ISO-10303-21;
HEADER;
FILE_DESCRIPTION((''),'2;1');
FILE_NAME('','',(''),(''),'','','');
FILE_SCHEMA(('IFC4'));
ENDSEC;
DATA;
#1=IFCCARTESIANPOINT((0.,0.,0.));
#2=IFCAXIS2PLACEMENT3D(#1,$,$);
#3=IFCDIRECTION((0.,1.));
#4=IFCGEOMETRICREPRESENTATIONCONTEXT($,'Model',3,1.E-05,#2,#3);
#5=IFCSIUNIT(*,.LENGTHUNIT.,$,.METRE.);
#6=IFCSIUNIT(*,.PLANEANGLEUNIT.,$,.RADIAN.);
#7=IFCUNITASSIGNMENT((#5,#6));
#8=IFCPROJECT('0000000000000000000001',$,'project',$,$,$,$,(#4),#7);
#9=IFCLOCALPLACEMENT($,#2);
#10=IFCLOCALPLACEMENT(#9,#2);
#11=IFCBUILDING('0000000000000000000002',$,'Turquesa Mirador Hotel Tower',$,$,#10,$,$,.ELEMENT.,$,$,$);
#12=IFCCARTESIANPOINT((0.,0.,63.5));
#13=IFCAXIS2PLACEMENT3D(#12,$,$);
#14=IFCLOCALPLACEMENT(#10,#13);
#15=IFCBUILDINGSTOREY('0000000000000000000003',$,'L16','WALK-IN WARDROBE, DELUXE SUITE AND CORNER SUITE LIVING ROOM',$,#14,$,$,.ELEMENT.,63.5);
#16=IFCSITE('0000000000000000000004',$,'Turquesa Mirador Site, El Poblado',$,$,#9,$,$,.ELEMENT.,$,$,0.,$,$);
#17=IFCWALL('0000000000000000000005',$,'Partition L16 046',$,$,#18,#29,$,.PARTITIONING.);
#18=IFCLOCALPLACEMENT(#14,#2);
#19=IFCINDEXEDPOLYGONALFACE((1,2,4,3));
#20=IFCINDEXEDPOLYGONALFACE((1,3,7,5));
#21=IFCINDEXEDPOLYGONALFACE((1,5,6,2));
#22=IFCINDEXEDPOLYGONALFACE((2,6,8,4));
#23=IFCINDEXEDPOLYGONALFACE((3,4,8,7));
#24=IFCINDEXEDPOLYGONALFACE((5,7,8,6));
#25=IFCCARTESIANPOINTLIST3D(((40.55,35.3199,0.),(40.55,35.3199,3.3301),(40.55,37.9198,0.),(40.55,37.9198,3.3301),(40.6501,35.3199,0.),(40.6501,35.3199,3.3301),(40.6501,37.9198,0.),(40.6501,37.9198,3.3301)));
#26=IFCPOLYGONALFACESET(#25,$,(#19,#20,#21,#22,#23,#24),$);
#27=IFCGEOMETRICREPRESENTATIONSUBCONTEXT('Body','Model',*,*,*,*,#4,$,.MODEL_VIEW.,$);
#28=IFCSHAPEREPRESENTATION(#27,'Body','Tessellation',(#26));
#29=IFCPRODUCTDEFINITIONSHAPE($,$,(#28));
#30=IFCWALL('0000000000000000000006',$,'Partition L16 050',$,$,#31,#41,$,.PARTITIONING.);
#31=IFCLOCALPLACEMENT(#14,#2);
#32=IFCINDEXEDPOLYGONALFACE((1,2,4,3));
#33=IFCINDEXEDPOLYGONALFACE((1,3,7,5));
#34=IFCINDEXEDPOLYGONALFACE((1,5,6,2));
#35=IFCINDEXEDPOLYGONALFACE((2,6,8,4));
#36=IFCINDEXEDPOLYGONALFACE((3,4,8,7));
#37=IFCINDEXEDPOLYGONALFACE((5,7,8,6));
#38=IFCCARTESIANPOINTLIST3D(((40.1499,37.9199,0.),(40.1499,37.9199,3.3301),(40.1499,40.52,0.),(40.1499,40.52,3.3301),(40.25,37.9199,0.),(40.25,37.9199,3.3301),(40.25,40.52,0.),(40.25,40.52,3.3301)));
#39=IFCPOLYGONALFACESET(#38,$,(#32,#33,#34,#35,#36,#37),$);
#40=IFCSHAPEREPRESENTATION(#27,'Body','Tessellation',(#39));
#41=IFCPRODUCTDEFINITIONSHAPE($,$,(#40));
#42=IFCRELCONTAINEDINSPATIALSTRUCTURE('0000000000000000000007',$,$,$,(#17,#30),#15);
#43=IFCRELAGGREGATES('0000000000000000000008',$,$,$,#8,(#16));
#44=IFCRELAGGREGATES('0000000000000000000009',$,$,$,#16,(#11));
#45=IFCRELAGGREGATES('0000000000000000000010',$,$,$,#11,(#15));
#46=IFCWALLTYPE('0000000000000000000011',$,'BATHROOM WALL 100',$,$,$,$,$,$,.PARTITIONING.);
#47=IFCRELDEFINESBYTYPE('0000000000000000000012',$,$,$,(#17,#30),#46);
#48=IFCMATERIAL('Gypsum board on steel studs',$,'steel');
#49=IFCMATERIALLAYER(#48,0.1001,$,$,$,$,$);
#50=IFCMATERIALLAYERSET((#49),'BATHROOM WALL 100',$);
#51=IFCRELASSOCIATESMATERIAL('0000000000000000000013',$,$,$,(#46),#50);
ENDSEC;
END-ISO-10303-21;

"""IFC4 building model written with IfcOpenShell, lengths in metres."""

from ifc_helpers import new_model, si_unit, direction, frame, frame_2d, origin, place, context, subcontext, project, spatial, rectangle, extrude, material, layer, layer_set, type_object, element, save


model = new_model("IFC4")

# Units and contexts
model_context = context("Model", 3, precision=1e-05, world=origin(), true_north=direction((0.0, 1.0)))
body_context = subcontext(model_context, "Body", "Model", "MODEL_VIEW")
ifc_project = project(units=[si_unit("LENGTHUNIT", "METRE"), si_unit("PLANEANGLEUNIT", "RADIAN")], contexts=[model_context])

# Site, building, storey
site_placement = place(None, origin())
site = spatial("IfcSite", under=ifc_project, at=site_placement, Name="Turquesa Mirador Site, El Poblado", CompositionType="ELEMENT", RefElevation=0.0)
building_placement = place(site_placement, origin())
building = spatial("IfcBuilding", under=site, at=building_placement, Name="Turquesa Mirador Hotel Tower", CompositionType="ELEMENT")
storey_placement = place(building_placement, frame((0.0, 0.0, 63.5)))
storey = spatial("IfcBuildingStorey", under=building, at=storey_placement, Name="L16", Description="WALK-IN WARDROBE, DELUXE SUITE AND CORNER SUITE LIVING ROOM", CompositionType="ELEMENT", Elevation=63.5)

# Shared definitions
ifc_material_1 = material(Name="Gypsum board on steel studs", Category="steel")
ifc_layer = layer(ifc_material_1, 0.1001)
ifc_layer_set = layer_set([ifc_layer], Name="BATHROOM WALL 100")
wall_type = type_object("IfcWallType", Name="BATHROOM WALL 100", PredefinedType="PARTITIONING", material=ifc_layer_set)

# Walls
wall_1_placement = place(storey_placement, frame((40.6001, 35.3201, 0.0), z_axis=(0.0, 0.0, 1.0), x_axis=(0.0, 1.0, 0.0)))
element("IfcWall", 1, at=wall_1_placement, inside=storey, type_object=wall_type, Name="Partition L16 046", PredefinedType="PARTITIONING", context=body_context, shape_type="SweptSolid", body=[
    extrude(rectangle(XDim=2.5999, YDim=0.1001, at=frame_2d((1.2998, 0.0))), origin(), (0.0, 0.0, 1.0), 3.3301),
])
wall_2_placement = place(storey_placement, frame((40.2, 37.9199, 0.0), z_axis=(0.0, 0.0, 1.0), x_axis=(0.0, 1.0, 0.0)))
element("IfcWall", 2, at=wall_2_placement, inside=storey, type_object=wall_type, Name="Partition L16 050", PredefinedType="PARTITIONING", context=body_context, shape_type="SweptSolid", body=[
    extrude(rectangle(XDim=2.6001, YDim=0.1001, at=frame_2d((1.3, 0.0))), origin(), (0.0, 0.0, 1.0), 3.3301),
])

save(model, "model.ifc")
